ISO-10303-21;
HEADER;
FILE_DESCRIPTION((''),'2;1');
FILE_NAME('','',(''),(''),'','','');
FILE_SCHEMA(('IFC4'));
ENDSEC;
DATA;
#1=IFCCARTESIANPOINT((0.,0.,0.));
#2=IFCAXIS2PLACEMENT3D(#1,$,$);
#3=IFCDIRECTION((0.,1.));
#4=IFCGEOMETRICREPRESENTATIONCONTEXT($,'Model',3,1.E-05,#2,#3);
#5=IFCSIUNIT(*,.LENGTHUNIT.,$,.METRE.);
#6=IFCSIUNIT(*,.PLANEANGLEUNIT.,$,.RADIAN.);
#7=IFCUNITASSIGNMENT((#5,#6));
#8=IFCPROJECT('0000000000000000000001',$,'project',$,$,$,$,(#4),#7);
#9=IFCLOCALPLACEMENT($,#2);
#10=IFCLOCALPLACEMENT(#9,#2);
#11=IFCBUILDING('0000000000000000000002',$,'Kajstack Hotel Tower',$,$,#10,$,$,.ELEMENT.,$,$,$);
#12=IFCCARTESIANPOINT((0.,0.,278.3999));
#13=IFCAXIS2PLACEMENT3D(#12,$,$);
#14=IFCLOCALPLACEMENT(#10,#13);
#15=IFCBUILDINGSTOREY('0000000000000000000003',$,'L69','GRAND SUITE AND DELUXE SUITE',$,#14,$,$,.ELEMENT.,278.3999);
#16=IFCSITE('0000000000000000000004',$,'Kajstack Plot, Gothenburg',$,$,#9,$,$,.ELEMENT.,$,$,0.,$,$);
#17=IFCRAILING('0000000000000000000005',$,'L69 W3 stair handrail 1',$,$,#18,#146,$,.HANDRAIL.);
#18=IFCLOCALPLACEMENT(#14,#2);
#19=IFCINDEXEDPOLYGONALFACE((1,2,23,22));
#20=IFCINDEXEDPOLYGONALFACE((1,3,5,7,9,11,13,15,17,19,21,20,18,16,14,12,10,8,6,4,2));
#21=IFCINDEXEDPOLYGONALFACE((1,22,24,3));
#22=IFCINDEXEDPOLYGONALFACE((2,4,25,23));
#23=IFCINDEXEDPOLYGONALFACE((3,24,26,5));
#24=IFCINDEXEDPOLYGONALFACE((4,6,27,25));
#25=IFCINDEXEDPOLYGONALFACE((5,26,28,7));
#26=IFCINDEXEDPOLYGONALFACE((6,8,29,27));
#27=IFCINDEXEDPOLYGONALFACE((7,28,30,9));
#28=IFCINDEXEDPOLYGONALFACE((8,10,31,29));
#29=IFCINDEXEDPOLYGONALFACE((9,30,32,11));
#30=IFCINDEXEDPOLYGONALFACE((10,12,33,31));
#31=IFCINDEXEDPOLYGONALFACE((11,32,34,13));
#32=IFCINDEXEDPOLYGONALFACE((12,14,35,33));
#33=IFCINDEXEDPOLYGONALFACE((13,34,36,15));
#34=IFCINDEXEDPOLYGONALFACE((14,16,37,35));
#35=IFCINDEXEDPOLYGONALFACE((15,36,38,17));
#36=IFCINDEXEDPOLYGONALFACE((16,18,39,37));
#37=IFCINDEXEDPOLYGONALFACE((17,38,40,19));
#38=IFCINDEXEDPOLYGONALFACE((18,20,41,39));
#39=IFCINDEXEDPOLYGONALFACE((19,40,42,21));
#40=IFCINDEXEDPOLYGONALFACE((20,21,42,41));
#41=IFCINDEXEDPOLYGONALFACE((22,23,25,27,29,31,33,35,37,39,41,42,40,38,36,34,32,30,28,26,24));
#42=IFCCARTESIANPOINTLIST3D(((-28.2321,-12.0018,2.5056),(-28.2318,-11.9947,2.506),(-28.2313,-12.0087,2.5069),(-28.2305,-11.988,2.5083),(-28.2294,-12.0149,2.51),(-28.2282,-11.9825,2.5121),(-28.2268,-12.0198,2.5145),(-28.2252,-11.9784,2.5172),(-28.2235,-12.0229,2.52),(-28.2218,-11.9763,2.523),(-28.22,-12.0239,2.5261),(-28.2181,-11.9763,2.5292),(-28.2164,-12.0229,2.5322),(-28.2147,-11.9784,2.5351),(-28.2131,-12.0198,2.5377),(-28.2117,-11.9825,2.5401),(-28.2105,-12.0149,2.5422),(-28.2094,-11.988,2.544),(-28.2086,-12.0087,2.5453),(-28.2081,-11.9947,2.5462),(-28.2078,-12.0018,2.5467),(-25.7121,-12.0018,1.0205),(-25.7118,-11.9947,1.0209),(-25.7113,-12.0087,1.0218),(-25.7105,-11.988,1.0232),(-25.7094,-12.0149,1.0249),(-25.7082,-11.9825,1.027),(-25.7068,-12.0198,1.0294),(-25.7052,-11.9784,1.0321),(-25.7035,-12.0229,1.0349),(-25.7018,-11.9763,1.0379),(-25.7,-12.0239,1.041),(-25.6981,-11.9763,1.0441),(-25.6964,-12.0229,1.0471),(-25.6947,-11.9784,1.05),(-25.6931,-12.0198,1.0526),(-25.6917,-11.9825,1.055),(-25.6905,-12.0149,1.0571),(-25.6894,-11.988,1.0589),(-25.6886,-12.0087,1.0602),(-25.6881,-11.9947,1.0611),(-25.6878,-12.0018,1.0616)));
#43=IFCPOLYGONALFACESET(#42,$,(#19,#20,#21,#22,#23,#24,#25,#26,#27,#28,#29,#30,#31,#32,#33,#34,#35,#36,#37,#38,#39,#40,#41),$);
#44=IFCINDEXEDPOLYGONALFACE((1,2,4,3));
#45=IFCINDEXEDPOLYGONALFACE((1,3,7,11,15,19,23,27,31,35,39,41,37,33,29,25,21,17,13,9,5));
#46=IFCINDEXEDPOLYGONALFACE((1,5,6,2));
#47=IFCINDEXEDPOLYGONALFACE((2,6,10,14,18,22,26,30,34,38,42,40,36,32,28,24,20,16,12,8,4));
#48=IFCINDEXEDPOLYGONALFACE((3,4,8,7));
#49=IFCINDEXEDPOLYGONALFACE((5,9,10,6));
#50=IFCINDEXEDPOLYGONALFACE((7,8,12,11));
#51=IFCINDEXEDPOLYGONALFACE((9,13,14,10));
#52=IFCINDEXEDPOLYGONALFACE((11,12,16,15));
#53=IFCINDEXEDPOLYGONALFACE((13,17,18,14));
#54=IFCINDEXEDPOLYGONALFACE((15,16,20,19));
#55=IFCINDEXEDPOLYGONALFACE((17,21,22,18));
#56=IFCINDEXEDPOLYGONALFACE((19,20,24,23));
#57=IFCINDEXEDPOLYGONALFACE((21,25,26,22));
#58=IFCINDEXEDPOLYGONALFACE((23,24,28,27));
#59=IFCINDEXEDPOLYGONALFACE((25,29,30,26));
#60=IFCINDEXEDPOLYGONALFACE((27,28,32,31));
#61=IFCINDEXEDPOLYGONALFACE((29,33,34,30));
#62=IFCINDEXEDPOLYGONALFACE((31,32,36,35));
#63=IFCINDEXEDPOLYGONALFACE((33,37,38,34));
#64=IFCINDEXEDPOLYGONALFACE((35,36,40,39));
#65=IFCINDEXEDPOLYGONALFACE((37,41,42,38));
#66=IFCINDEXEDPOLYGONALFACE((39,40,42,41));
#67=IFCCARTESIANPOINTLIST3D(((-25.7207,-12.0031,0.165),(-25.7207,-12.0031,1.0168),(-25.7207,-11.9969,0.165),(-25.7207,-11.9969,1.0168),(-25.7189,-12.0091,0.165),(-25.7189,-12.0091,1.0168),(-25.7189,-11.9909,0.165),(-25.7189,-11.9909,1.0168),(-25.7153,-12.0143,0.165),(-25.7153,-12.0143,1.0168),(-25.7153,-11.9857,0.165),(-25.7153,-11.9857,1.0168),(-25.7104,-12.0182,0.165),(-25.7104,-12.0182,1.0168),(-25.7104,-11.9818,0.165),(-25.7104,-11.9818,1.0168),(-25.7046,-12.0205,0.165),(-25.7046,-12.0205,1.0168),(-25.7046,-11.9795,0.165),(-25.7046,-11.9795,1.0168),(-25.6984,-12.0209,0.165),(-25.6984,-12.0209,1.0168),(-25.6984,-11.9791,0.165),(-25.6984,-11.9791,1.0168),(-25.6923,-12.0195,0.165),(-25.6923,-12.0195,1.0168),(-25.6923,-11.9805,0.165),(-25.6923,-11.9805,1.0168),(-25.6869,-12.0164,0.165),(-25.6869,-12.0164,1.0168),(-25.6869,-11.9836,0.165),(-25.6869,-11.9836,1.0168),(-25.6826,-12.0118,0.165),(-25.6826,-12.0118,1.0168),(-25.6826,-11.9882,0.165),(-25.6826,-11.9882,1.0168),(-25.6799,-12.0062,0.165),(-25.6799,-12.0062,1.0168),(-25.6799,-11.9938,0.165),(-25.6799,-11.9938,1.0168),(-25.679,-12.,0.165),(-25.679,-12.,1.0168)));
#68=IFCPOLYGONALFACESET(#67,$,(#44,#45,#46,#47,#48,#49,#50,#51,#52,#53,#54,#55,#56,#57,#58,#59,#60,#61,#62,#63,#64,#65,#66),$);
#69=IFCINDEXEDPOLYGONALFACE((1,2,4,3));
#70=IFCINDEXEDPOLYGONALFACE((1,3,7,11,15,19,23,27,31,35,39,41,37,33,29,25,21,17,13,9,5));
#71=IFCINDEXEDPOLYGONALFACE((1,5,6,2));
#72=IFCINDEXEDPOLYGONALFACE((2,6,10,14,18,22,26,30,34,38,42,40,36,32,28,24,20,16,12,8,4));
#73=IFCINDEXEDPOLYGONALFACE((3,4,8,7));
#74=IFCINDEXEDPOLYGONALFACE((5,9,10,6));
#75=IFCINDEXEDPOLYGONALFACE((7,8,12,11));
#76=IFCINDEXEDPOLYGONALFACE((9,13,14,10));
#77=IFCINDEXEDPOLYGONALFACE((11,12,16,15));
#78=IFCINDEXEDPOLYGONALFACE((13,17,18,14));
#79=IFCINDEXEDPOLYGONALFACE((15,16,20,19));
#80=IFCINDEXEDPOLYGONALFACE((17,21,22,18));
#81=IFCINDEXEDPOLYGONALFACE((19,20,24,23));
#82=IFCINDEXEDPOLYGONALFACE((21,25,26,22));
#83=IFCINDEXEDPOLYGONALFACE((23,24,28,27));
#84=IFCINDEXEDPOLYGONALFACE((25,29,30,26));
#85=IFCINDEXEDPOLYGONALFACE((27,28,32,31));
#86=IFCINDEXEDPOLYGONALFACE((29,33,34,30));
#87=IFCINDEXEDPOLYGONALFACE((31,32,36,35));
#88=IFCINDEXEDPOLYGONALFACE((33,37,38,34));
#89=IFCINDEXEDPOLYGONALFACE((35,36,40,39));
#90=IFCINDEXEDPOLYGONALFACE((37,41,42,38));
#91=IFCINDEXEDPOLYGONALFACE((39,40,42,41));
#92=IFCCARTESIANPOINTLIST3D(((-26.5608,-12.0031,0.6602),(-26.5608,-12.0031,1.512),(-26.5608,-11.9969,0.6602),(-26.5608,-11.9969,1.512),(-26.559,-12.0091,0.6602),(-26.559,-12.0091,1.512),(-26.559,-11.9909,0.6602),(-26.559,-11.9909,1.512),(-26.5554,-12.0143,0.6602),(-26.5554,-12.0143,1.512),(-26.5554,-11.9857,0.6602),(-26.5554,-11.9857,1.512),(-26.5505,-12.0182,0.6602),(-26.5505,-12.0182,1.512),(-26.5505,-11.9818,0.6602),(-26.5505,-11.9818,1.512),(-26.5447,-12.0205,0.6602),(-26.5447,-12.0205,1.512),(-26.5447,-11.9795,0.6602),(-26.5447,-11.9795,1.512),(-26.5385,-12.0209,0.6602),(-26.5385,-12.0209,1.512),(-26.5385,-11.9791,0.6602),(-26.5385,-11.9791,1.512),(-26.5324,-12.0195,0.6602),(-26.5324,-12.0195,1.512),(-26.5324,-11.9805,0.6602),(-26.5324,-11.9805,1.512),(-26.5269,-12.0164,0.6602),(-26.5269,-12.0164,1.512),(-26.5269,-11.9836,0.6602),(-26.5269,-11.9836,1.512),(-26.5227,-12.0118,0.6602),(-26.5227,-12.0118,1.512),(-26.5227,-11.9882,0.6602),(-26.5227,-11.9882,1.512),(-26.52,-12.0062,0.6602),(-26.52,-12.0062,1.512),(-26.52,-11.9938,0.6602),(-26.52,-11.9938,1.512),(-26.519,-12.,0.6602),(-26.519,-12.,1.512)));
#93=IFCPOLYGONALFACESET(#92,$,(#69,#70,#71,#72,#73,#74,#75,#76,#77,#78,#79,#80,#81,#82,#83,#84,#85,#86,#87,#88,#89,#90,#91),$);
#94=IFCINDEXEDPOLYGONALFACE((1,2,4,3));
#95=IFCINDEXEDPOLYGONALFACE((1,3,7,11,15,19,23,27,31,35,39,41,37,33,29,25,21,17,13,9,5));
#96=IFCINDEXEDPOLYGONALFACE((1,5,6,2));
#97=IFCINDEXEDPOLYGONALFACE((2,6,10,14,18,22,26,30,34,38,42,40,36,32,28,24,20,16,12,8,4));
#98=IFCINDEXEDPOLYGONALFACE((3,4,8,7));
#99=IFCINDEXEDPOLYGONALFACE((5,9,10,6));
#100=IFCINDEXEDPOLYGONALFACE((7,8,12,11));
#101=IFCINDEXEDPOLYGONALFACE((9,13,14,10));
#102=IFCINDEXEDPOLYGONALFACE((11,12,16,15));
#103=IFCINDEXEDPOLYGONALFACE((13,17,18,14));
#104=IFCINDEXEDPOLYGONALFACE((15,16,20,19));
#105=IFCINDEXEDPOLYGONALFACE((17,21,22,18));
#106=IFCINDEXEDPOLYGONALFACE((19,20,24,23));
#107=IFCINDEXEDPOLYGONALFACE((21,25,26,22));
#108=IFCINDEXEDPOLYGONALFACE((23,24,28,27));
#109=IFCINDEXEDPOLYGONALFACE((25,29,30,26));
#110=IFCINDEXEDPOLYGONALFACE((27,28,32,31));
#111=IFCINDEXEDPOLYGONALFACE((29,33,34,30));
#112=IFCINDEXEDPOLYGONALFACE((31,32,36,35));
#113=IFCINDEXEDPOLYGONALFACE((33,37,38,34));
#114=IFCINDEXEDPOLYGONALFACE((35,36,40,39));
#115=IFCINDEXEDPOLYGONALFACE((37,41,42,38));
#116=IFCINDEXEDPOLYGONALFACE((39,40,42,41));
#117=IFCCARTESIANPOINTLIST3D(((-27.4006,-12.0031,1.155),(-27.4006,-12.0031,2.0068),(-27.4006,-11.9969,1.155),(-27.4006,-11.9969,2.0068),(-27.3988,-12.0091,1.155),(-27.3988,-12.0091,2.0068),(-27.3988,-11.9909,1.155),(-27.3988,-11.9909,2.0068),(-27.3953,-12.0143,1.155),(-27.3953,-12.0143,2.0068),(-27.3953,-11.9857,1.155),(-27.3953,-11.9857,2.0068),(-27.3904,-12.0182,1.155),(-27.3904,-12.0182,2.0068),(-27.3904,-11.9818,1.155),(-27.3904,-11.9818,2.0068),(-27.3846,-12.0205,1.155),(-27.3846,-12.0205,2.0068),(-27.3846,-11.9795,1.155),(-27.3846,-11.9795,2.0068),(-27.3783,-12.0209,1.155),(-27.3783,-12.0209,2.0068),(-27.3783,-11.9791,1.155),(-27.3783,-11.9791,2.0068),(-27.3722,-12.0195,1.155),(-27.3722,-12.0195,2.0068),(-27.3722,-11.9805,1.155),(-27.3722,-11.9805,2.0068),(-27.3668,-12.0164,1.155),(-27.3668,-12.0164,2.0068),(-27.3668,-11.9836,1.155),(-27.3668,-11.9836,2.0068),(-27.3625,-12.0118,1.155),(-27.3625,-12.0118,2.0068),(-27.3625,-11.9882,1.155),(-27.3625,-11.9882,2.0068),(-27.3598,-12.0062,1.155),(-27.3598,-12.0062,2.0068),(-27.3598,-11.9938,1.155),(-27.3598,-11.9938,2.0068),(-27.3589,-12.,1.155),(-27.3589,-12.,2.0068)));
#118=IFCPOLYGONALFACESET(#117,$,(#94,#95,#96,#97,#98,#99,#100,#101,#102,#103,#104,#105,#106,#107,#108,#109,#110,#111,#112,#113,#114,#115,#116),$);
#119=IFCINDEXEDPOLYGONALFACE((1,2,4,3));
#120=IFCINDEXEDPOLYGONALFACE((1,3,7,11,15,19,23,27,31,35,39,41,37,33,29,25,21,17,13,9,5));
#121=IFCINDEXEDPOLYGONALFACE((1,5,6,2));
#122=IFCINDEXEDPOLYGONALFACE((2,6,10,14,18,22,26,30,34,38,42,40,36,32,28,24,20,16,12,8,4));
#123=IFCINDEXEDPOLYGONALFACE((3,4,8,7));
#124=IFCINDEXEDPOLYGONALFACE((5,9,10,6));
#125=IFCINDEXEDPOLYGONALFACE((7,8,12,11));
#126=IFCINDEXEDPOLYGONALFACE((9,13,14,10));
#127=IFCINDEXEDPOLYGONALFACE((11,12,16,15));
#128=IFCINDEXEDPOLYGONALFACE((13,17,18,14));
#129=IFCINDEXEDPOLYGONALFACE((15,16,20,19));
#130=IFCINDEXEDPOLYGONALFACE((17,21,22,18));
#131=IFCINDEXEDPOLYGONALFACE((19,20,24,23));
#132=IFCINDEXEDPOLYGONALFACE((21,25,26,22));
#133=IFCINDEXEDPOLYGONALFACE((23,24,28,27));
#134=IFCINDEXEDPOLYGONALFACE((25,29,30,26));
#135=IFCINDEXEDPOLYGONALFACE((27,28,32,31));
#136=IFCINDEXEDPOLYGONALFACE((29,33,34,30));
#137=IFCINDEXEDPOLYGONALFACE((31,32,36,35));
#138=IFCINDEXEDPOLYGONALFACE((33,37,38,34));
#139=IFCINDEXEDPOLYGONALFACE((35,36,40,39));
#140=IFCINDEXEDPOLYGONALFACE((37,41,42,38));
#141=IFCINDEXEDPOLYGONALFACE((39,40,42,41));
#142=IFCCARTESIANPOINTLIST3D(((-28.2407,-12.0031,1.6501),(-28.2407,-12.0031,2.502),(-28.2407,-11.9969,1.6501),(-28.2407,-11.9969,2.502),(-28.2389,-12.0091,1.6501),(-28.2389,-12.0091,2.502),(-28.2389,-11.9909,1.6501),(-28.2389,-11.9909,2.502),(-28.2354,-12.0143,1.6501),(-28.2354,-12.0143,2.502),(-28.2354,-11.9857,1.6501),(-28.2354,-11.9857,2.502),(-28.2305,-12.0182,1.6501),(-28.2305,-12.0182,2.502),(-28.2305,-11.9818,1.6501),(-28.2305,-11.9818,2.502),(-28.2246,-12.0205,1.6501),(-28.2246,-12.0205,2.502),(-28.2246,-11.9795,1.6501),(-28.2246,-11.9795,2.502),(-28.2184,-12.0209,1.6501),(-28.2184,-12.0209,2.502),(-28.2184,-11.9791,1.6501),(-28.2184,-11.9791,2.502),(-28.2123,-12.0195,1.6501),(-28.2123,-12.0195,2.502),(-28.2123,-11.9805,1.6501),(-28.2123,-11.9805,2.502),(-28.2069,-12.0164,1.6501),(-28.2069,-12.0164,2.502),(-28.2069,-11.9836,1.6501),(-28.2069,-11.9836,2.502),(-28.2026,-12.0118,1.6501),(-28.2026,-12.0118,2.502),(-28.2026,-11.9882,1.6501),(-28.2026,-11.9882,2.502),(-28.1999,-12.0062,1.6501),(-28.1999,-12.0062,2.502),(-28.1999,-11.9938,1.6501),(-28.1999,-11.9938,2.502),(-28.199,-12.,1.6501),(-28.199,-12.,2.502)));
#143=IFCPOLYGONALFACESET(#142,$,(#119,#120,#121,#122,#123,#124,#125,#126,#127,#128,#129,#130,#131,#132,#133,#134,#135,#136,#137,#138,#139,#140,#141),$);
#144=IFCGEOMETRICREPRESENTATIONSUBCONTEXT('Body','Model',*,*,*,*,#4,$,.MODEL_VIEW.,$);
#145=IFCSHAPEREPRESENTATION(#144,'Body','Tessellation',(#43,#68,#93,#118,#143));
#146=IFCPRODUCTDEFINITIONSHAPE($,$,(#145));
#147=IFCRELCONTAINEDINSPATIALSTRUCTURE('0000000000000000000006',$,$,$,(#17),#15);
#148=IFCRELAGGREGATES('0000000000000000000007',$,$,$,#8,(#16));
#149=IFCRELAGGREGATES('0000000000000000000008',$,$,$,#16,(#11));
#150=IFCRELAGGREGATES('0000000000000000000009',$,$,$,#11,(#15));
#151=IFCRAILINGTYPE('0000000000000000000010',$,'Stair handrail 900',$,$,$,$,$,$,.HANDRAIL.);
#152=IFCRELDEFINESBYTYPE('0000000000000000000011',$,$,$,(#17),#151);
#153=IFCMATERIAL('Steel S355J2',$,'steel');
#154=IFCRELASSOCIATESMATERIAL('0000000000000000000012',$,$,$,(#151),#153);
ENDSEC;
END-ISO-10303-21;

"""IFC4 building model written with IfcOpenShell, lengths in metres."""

from ifc_helpers import new_model, si_unit, direction, frame, origin, origin_2d, place, context, subcontext, project, spatial, circle, extrude, material, type_object, element, save


model = new_model("IFC4")

# Units and contexts
model_context = context("Model", 3, precision=1e-05, world=origin(), true_north=direction((0.0, 1.0)))
body_context = subcontext(model_context, "Body", "Model", "MODEL_VIEW")
ifc_project = project(units=[si_unit("LENGTHUNIT", "METRE"), si_unit("PLANEANGLEUNIT", "RADIAN")], contexts=[model_context])

# Site, building, storey
site_placement = place(None, origin())
site = spatial("IfcSite", under=ifc_project, at=site_placement, Name="Kajstack Plot, Gothenburg", CompositionType="ELEMENT", RefElevation=0.0)
building_placement = place(site_placement, origin())
building = spatial("IfcBuilding", under=site, at=building_placement, Name="Kajstack Hotel Tower", CompositionType="ELEMENT")
storey_placement = place(building_placement, frame((0.0, 0.0, 278.3999)))
storey = spatial("IfcBuildingStorey", under=building, at=storey_placement, Name="L69", Description="GRAND SUITE AND DELUXE SUITE", CompositionType="ELEMENT", Elevation=278.3999)

# Railing
ifc_material_1 = material(Name="Steel S355J2", Category="steel")
railing_type = type_object("IfcRailingType", Name="Stair handrail 900", PredefinedType="HANDRAIL", material=ifc_material_1)
railing_1_placement = place(storey_placement, frame((-25.7, -12.0, 0.165)))
element("IfcRailing", 1, at=railing_1_placement, inside=storey, type_object=railing_type, Name="L69 W3 stair handrail 1", PredefinedType="HANDRAIL", context=body_context, shape_type="SweptSolid", body=[
    extrude(circle(Radius=0.0239, at=origin_2d()), frame((0.0, 0.0, 0.876), z_axis=(-0.861524, 0.0, 0.507717), x_axis=(0.0, -1.0, 0.0)), (0.0, 0.0, 1.0), 2.925),
    extrude(circle(Radius=0.021, at=origin_2d()), origin(), (0.0, 0.0, 1.0), 0.8518),
    extrude(circle(Radius=0.021, at=origin_2d()), frame((-0.8401, 0.0, 0.4951)), (0.0, 0.0, 1.0), 0.8518),
    extrude(circle(Radius=0.021, at=origin_2d()), frame((-1.6799, 0.0, 0.99)), (0.0, 0.0, 1.0), 0.8518),
    extrude(circle(Radius=0.021, at=origin_2d()), frame((-2.52, 0.0, 1.4851)), (0.0, 0.0, 1.0), 0.8518),
])

save(model, "model.ifc")
